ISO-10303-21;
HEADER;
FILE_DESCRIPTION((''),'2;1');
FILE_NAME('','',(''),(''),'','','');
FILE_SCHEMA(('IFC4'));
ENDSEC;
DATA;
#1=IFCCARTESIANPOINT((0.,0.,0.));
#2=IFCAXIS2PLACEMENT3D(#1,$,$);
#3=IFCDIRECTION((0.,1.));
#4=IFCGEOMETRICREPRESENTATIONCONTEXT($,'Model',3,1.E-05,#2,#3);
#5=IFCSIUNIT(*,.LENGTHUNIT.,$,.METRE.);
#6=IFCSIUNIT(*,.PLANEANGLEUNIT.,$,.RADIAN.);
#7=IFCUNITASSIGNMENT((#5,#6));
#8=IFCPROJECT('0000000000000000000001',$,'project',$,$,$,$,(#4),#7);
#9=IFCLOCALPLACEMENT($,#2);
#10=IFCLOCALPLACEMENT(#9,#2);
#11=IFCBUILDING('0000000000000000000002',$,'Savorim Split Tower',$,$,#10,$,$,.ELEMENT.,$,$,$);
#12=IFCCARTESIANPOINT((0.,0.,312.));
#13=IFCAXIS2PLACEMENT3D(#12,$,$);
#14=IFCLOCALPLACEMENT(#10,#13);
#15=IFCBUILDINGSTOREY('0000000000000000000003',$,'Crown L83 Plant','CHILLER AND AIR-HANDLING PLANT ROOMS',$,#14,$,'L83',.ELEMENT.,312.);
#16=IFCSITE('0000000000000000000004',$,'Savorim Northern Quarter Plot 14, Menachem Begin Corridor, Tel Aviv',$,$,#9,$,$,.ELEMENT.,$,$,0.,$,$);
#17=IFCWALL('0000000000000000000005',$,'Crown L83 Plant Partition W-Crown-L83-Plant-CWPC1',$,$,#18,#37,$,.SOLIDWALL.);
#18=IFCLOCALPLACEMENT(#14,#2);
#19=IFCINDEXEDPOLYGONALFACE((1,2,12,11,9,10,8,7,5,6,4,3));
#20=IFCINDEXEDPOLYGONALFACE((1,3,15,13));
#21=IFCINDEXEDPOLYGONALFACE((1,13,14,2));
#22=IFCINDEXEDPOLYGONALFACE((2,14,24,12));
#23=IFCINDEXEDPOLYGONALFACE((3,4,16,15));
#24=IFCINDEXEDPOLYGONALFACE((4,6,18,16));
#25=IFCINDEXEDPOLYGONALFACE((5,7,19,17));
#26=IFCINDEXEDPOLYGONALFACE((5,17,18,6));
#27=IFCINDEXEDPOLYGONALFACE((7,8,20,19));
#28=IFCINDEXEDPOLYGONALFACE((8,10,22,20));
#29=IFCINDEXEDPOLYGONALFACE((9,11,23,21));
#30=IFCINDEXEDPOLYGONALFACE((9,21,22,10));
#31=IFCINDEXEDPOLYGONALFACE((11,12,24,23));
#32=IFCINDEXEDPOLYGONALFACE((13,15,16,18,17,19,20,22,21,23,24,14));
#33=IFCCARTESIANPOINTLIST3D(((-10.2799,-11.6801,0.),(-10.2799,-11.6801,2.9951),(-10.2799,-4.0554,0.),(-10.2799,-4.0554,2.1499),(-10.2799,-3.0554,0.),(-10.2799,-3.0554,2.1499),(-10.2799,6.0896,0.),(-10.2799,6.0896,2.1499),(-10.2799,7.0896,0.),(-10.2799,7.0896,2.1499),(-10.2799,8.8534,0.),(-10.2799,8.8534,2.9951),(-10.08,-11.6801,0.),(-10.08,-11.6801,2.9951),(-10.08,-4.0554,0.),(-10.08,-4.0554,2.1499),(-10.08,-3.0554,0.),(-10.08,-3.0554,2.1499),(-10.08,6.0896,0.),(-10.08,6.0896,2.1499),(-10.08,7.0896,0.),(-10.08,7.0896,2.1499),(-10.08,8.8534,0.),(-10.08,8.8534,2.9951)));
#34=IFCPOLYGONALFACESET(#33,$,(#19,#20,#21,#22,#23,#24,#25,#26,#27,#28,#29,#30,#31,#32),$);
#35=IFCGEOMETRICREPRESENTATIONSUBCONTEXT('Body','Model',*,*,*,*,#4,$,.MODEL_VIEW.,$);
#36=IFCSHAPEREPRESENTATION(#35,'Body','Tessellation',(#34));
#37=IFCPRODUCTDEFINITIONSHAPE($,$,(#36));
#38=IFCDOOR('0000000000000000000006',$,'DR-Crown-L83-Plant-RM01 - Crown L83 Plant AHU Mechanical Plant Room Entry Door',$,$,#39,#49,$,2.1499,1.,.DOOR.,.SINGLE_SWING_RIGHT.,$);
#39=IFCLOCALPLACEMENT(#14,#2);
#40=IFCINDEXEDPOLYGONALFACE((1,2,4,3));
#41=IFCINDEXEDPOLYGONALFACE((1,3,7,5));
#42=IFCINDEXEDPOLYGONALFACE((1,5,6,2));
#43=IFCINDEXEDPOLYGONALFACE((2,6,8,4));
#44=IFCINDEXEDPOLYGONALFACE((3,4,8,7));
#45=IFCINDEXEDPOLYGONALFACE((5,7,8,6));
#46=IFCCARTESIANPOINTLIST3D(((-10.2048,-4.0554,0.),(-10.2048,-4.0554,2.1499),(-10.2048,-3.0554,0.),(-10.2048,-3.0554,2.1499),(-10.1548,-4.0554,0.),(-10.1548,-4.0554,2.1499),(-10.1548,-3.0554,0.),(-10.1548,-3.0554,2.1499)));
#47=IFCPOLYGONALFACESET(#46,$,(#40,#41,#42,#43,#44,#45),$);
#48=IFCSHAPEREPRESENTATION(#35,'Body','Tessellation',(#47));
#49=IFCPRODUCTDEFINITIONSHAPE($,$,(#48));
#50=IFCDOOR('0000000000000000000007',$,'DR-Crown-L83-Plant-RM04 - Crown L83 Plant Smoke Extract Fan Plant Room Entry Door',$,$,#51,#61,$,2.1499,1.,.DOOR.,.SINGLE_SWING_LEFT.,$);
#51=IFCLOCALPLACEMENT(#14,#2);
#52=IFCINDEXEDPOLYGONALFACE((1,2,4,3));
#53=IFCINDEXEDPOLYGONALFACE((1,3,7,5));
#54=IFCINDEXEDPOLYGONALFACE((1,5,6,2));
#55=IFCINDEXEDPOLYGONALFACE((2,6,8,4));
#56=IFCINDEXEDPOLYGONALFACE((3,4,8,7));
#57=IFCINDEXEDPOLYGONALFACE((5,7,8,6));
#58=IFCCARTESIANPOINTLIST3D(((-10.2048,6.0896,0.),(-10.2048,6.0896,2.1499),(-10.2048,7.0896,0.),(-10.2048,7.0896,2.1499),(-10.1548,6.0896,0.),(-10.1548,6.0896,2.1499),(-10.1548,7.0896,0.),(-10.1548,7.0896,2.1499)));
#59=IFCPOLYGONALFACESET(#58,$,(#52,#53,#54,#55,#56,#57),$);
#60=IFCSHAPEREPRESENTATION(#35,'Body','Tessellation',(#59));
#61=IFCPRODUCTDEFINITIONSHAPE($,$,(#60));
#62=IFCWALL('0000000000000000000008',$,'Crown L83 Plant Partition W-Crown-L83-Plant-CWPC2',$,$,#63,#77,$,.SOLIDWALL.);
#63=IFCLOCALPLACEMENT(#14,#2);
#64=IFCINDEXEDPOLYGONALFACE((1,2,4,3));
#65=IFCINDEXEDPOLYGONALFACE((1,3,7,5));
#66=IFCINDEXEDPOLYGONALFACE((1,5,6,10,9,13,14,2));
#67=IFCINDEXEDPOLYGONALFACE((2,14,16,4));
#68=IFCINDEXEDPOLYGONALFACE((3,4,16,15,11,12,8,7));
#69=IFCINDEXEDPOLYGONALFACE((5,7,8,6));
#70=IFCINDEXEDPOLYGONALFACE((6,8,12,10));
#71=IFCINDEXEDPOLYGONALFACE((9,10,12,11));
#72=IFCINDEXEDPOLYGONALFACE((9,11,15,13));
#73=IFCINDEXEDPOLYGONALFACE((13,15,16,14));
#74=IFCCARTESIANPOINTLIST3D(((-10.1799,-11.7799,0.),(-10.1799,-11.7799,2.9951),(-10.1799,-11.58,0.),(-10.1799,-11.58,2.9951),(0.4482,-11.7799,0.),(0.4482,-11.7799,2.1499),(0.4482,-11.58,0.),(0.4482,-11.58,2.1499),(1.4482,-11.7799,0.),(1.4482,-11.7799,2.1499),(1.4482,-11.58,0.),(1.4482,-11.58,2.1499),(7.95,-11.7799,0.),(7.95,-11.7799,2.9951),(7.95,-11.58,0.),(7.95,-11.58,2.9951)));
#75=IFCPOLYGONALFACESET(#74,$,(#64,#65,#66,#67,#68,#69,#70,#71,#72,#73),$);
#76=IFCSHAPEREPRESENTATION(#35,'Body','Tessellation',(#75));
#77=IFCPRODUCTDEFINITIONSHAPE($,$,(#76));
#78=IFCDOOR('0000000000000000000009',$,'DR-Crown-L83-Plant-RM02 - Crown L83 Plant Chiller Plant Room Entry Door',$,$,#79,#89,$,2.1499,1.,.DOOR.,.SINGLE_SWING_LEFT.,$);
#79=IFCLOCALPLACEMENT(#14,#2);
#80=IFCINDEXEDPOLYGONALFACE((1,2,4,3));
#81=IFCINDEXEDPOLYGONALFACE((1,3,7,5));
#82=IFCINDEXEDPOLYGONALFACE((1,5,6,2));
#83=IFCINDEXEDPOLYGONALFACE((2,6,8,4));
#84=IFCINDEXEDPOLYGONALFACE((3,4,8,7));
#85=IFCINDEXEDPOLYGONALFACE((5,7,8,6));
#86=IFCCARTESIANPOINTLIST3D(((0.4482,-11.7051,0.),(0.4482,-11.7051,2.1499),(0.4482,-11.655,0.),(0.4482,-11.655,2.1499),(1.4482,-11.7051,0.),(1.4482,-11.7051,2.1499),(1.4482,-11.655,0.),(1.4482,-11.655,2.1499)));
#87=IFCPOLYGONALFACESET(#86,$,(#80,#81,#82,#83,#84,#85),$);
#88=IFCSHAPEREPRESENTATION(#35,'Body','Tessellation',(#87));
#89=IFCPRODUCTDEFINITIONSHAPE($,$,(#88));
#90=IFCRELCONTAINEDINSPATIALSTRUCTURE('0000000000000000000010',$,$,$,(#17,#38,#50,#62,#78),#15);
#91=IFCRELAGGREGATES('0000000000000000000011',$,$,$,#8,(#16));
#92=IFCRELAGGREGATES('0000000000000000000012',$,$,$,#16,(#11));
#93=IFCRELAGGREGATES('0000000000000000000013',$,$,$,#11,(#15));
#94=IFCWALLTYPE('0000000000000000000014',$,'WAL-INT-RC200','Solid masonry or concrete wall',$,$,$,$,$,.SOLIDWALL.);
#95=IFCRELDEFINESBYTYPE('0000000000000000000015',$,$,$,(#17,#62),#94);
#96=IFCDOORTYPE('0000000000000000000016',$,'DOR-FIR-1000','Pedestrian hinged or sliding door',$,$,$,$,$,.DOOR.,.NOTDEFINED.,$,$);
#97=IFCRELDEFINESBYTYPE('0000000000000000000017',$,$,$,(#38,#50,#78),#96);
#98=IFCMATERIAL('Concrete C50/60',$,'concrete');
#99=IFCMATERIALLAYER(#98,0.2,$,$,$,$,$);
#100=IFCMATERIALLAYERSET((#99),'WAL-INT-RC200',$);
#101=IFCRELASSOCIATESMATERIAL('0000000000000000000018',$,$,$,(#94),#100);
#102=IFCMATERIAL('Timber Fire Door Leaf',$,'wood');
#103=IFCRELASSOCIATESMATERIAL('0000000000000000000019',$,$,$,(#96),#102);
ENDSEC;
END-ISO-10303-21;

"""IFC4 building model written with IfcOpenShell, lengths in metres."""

from ifc_helpers import new_model, si_unit, direction, frame, frame_2d, origin, place, context, subcontext, project, spatial, rectangle, extrude, material, layer, layer_set, type_object, element, fill, save


model = new_model("IFC4")

# Units and contexts
model_context = context("Model", 3, precision=1e-05, world=origin(), true_north=direction((0.0, 1.0)))
body_context = subcontext(model_context, "Body", "Model", "MODEL_VIEW")
ifc_project = project(units=[si_unit("LENGTHUNIT", "METRE"), si_unit("PLANEANGLEUNIT", "RADIAN")], contexts=[model_context])

# Site, building, storey
site_placement = place(None, origin())
site = spatial("IfcSite", under=ifc_project, at=site_placement, Name="Savorim Northern Quarter Plot 14, Menachem Begin Corridor, Tel Aviv", CompositionType="ELEMENT", RefElevation=0.0)
building_placement = place(site_placement, origin())
building = spatial("IfcBuilding", under=site, at=building_placement, Name="Savorim Split Tower", CompositionType="ELEMENT")
storey_placement = place(building_placement, frame((0.0, 0.0, 312.0)))
storey = spatial("IfcBuildingStorey", under=building, at=storey_placement, Name="Crown L83 Plant", Description="CHILLER AND AIR-HANDLING PLANT ROOMS", LongName="L83", CompositionType="ELEMENT", Elevation=312.0)

# Wall, openings, doors
ifc_material_1 = material(Name="Concrete C50/60", Category="concrete")
ifc_layer_1 = layer(ifc_material_1, 0.2)
ifc_layer_set_1 = layer_set([ifc_layer_1], Name="WAL-INT-RC200")
wall_type = type_object("IfcWallType", Name="WAL-INT-RC200", Description="Solid masonry or concrete wall", PredefinedType="SOLIDWALL", material=ifc_layer_set_1)
wall_1_placement = place(storey_placement, frame((-10.1799, -11.6799, 0.0), z_axis=(0.0, 0.0, 1.0), x_axis=(0.0, 1.0, 0.0)))
wall_1 = element("IfcWall", 1, at=wall_1_placement, inside=storey, type_object=wall_type, Name="Crown L83 Plant Partition W-Crown-L83-Plant-CWPC1", PredefinedType="SOLIDWALL", context=body_context, shape_type="SweptSolid", body=[
    extrude(rectangle(XDim=20.5334, YDim=0.2, at=frame_2d((10.2666, 0.0))), origin(), (0.0, 0.0, 1.0), 2.9951),
])
opening_1_placement = place(wall_1_placement, frame((7.6245, 0.0, 0.0)))
opening_1 = element("IfcOpeningElement", 2, at=opening_1_placement, cuts=wall_1, PredefinedType="OPENING", context=body_context, shape_type="SweptSolid", body=[
    extrude(rectangle(XDim=1.0, YDim=2.1499, at=frame_2d((0.5, 1.075))), frame((0.0, 0.1099, 0.0), z_axis=(0.0, -1.0, 0.0), x_axis=(1.0, 0.0, 0.0)), (0.0, 0.0, 1.0), 0.22),
])
opening_2_placement = place(wall_1_placement, frame((17.7695, 0.0, 0.0)))
opening_2 = element("IfcOpeningElement", 3, at=opening_2_placement, cuts=wall_1, PredefinedType="OPENING", context=body_context, shape_type="SweptSolid", body=[
    extrude(rectangle(XDim=1.0, YDim=2.1499, at=frame_2d((0.5, 1.075))), frame((0.0, 0.1099, 0.0), z_axis=(0.0, -1.0, 0.0), x_axis=(1.0, 0.0, 0.0)), (0.0, 0.0, 1.0), 0.22),
])
ifc_material_2 = material(Name="Timber Fire Door Leaf", Category="wood")
door_type = type_object("IfcDoorType", Name="DOR-FIR-1000", Description="Pedestrian hinged or sliding door", OperationType="NOTDEFINED", PredefinedType="DOOR", material=ifc_material_2)
door_1_placement = place(opening_1_placement, origin())
door_1 = element("IfcDoor", 4, at=door_1_placement, inside=storey, type_object=door_type, Name="DR-Crown-L83-Plant-RM01 - Crown L83 Plant AHU Mechanical Plant Room Entry Door", OperationType="SINGLE_SWING_RIGHT", OverallHeight=2.1499, OverallWidth=1.0, PredefinedType="DOOR", context=body_context, shape_type="SweptSolid", body=[
    extrude(rectangle(XDim=1.0, YDim=2.1499, at=frame_2d((0.5, 1.075))), frame((0.0, 0.0249, 0.0), z_axis=(0.0, -1.0, 0.0), x_axis=(1.0, 0.0, 0.0)), (0.0, 0.0, 1.0), 0.05),
])
fill(opening_1, door_1)
door_2_placement = place(opening_2_placement, origin())
door_2 = element("IfcDoor", 5, at=door_2_placement, inside=storey, type_object=door_type, Name="DR-Crown-L83-Plant-RM04 - Crown L83 Plant Smoke Extract Fan Plant Room Entry Door", OperationType="SINGLE_SWING_LEFT", OverallHeight=2.1499, OverallWidth=1.0, PredefinedType="DOOR", context=body_context, shape_type="SweptSolid", body=[
    extrude(rectangle(XDim=1.0, YDim=2.1499, at=frame_2d((0.5, 1.075))), frame((0.0, 0.0249, 0.0), z_axis=(0.0, -1.0, 0.0), x_axis=(1.0, 0.0, 0.0)), (0.0, 0.0, 1.0), 0.05),
])
fill(opening_2, door_2)

# Wall, opening, door
wall_2_placement = place(storey_placement, frame((-10.1799, -11.6799, 0.0), z_axis=(0.0, 0.0, 1.0), x_axis=(1.0, 0.0, 0.0)))
wall_2 = element("IfcWall", 6, at=wall_2_placement, inside=storey, type_object=wall_type, Name="Crown L83 Plant Partition W-Crown-L83-Plant-CWPC2", PredefinedType="SOLIDWALL", context=body_context, shape_type="SweptSolid", body=[
    extrude(rectangle(XDim=18.1299, YDim=0.2, at=frame_2d((9.0649, 0.0))), origin(), (0.0, 0.0, 1.0), 2.9951),
])
opening_3_placement = place(wall_2_placement, frame((10.6282, 0.0, 0.0)))
opening_3 = element("IfcOpeningElement", 7, at=opening_3_placement, cuts=wall_2, PredefinedType="OPENING", context=body_context, shape_type="SweptSolid", body=[
    extrude(rectangle(XDim=1.0, YDim=2.1499, at=frame_2d((0.5, 1.075))), frame((0.0, 0.1099, 0.0), z_axis=(0.0, -1.0, 0.0), x_axis=(1.0, 0.0, 0.0)), (0.0, 0.0, 1.0), 0.22),
])
door_3_placement = place(opening_3_placement, origin())
door_3 = element("IfcDoor", 8, at=door_3_placement, inside=storey, type_object=door_type, Name="DR-Crown-L83-Plant-RM02 - Crown L83 Plant Chiller Plant Room Entry Door", OperationType="SINGLE_SWING_LEFT", OverallHeight=2.1499, OverallWidth=1.0, PredefinedType="DOOR", context=body_context, shape_type="SweptSolid", body=[
    extrude(rectangle(XDim=1.0, YDim=2.1499, at=frame_2d((0.5, 1.075))), frame((0.0, 0.0249, 0.0), z_axis=(0.0, -1.0, 0.0), x_axis=(1.0, 0.0, 0.0)), (0.0, 0.0, 1.0), 0.05),
])
fill(opening_3, door_3)

save(model, "model.ifc")
